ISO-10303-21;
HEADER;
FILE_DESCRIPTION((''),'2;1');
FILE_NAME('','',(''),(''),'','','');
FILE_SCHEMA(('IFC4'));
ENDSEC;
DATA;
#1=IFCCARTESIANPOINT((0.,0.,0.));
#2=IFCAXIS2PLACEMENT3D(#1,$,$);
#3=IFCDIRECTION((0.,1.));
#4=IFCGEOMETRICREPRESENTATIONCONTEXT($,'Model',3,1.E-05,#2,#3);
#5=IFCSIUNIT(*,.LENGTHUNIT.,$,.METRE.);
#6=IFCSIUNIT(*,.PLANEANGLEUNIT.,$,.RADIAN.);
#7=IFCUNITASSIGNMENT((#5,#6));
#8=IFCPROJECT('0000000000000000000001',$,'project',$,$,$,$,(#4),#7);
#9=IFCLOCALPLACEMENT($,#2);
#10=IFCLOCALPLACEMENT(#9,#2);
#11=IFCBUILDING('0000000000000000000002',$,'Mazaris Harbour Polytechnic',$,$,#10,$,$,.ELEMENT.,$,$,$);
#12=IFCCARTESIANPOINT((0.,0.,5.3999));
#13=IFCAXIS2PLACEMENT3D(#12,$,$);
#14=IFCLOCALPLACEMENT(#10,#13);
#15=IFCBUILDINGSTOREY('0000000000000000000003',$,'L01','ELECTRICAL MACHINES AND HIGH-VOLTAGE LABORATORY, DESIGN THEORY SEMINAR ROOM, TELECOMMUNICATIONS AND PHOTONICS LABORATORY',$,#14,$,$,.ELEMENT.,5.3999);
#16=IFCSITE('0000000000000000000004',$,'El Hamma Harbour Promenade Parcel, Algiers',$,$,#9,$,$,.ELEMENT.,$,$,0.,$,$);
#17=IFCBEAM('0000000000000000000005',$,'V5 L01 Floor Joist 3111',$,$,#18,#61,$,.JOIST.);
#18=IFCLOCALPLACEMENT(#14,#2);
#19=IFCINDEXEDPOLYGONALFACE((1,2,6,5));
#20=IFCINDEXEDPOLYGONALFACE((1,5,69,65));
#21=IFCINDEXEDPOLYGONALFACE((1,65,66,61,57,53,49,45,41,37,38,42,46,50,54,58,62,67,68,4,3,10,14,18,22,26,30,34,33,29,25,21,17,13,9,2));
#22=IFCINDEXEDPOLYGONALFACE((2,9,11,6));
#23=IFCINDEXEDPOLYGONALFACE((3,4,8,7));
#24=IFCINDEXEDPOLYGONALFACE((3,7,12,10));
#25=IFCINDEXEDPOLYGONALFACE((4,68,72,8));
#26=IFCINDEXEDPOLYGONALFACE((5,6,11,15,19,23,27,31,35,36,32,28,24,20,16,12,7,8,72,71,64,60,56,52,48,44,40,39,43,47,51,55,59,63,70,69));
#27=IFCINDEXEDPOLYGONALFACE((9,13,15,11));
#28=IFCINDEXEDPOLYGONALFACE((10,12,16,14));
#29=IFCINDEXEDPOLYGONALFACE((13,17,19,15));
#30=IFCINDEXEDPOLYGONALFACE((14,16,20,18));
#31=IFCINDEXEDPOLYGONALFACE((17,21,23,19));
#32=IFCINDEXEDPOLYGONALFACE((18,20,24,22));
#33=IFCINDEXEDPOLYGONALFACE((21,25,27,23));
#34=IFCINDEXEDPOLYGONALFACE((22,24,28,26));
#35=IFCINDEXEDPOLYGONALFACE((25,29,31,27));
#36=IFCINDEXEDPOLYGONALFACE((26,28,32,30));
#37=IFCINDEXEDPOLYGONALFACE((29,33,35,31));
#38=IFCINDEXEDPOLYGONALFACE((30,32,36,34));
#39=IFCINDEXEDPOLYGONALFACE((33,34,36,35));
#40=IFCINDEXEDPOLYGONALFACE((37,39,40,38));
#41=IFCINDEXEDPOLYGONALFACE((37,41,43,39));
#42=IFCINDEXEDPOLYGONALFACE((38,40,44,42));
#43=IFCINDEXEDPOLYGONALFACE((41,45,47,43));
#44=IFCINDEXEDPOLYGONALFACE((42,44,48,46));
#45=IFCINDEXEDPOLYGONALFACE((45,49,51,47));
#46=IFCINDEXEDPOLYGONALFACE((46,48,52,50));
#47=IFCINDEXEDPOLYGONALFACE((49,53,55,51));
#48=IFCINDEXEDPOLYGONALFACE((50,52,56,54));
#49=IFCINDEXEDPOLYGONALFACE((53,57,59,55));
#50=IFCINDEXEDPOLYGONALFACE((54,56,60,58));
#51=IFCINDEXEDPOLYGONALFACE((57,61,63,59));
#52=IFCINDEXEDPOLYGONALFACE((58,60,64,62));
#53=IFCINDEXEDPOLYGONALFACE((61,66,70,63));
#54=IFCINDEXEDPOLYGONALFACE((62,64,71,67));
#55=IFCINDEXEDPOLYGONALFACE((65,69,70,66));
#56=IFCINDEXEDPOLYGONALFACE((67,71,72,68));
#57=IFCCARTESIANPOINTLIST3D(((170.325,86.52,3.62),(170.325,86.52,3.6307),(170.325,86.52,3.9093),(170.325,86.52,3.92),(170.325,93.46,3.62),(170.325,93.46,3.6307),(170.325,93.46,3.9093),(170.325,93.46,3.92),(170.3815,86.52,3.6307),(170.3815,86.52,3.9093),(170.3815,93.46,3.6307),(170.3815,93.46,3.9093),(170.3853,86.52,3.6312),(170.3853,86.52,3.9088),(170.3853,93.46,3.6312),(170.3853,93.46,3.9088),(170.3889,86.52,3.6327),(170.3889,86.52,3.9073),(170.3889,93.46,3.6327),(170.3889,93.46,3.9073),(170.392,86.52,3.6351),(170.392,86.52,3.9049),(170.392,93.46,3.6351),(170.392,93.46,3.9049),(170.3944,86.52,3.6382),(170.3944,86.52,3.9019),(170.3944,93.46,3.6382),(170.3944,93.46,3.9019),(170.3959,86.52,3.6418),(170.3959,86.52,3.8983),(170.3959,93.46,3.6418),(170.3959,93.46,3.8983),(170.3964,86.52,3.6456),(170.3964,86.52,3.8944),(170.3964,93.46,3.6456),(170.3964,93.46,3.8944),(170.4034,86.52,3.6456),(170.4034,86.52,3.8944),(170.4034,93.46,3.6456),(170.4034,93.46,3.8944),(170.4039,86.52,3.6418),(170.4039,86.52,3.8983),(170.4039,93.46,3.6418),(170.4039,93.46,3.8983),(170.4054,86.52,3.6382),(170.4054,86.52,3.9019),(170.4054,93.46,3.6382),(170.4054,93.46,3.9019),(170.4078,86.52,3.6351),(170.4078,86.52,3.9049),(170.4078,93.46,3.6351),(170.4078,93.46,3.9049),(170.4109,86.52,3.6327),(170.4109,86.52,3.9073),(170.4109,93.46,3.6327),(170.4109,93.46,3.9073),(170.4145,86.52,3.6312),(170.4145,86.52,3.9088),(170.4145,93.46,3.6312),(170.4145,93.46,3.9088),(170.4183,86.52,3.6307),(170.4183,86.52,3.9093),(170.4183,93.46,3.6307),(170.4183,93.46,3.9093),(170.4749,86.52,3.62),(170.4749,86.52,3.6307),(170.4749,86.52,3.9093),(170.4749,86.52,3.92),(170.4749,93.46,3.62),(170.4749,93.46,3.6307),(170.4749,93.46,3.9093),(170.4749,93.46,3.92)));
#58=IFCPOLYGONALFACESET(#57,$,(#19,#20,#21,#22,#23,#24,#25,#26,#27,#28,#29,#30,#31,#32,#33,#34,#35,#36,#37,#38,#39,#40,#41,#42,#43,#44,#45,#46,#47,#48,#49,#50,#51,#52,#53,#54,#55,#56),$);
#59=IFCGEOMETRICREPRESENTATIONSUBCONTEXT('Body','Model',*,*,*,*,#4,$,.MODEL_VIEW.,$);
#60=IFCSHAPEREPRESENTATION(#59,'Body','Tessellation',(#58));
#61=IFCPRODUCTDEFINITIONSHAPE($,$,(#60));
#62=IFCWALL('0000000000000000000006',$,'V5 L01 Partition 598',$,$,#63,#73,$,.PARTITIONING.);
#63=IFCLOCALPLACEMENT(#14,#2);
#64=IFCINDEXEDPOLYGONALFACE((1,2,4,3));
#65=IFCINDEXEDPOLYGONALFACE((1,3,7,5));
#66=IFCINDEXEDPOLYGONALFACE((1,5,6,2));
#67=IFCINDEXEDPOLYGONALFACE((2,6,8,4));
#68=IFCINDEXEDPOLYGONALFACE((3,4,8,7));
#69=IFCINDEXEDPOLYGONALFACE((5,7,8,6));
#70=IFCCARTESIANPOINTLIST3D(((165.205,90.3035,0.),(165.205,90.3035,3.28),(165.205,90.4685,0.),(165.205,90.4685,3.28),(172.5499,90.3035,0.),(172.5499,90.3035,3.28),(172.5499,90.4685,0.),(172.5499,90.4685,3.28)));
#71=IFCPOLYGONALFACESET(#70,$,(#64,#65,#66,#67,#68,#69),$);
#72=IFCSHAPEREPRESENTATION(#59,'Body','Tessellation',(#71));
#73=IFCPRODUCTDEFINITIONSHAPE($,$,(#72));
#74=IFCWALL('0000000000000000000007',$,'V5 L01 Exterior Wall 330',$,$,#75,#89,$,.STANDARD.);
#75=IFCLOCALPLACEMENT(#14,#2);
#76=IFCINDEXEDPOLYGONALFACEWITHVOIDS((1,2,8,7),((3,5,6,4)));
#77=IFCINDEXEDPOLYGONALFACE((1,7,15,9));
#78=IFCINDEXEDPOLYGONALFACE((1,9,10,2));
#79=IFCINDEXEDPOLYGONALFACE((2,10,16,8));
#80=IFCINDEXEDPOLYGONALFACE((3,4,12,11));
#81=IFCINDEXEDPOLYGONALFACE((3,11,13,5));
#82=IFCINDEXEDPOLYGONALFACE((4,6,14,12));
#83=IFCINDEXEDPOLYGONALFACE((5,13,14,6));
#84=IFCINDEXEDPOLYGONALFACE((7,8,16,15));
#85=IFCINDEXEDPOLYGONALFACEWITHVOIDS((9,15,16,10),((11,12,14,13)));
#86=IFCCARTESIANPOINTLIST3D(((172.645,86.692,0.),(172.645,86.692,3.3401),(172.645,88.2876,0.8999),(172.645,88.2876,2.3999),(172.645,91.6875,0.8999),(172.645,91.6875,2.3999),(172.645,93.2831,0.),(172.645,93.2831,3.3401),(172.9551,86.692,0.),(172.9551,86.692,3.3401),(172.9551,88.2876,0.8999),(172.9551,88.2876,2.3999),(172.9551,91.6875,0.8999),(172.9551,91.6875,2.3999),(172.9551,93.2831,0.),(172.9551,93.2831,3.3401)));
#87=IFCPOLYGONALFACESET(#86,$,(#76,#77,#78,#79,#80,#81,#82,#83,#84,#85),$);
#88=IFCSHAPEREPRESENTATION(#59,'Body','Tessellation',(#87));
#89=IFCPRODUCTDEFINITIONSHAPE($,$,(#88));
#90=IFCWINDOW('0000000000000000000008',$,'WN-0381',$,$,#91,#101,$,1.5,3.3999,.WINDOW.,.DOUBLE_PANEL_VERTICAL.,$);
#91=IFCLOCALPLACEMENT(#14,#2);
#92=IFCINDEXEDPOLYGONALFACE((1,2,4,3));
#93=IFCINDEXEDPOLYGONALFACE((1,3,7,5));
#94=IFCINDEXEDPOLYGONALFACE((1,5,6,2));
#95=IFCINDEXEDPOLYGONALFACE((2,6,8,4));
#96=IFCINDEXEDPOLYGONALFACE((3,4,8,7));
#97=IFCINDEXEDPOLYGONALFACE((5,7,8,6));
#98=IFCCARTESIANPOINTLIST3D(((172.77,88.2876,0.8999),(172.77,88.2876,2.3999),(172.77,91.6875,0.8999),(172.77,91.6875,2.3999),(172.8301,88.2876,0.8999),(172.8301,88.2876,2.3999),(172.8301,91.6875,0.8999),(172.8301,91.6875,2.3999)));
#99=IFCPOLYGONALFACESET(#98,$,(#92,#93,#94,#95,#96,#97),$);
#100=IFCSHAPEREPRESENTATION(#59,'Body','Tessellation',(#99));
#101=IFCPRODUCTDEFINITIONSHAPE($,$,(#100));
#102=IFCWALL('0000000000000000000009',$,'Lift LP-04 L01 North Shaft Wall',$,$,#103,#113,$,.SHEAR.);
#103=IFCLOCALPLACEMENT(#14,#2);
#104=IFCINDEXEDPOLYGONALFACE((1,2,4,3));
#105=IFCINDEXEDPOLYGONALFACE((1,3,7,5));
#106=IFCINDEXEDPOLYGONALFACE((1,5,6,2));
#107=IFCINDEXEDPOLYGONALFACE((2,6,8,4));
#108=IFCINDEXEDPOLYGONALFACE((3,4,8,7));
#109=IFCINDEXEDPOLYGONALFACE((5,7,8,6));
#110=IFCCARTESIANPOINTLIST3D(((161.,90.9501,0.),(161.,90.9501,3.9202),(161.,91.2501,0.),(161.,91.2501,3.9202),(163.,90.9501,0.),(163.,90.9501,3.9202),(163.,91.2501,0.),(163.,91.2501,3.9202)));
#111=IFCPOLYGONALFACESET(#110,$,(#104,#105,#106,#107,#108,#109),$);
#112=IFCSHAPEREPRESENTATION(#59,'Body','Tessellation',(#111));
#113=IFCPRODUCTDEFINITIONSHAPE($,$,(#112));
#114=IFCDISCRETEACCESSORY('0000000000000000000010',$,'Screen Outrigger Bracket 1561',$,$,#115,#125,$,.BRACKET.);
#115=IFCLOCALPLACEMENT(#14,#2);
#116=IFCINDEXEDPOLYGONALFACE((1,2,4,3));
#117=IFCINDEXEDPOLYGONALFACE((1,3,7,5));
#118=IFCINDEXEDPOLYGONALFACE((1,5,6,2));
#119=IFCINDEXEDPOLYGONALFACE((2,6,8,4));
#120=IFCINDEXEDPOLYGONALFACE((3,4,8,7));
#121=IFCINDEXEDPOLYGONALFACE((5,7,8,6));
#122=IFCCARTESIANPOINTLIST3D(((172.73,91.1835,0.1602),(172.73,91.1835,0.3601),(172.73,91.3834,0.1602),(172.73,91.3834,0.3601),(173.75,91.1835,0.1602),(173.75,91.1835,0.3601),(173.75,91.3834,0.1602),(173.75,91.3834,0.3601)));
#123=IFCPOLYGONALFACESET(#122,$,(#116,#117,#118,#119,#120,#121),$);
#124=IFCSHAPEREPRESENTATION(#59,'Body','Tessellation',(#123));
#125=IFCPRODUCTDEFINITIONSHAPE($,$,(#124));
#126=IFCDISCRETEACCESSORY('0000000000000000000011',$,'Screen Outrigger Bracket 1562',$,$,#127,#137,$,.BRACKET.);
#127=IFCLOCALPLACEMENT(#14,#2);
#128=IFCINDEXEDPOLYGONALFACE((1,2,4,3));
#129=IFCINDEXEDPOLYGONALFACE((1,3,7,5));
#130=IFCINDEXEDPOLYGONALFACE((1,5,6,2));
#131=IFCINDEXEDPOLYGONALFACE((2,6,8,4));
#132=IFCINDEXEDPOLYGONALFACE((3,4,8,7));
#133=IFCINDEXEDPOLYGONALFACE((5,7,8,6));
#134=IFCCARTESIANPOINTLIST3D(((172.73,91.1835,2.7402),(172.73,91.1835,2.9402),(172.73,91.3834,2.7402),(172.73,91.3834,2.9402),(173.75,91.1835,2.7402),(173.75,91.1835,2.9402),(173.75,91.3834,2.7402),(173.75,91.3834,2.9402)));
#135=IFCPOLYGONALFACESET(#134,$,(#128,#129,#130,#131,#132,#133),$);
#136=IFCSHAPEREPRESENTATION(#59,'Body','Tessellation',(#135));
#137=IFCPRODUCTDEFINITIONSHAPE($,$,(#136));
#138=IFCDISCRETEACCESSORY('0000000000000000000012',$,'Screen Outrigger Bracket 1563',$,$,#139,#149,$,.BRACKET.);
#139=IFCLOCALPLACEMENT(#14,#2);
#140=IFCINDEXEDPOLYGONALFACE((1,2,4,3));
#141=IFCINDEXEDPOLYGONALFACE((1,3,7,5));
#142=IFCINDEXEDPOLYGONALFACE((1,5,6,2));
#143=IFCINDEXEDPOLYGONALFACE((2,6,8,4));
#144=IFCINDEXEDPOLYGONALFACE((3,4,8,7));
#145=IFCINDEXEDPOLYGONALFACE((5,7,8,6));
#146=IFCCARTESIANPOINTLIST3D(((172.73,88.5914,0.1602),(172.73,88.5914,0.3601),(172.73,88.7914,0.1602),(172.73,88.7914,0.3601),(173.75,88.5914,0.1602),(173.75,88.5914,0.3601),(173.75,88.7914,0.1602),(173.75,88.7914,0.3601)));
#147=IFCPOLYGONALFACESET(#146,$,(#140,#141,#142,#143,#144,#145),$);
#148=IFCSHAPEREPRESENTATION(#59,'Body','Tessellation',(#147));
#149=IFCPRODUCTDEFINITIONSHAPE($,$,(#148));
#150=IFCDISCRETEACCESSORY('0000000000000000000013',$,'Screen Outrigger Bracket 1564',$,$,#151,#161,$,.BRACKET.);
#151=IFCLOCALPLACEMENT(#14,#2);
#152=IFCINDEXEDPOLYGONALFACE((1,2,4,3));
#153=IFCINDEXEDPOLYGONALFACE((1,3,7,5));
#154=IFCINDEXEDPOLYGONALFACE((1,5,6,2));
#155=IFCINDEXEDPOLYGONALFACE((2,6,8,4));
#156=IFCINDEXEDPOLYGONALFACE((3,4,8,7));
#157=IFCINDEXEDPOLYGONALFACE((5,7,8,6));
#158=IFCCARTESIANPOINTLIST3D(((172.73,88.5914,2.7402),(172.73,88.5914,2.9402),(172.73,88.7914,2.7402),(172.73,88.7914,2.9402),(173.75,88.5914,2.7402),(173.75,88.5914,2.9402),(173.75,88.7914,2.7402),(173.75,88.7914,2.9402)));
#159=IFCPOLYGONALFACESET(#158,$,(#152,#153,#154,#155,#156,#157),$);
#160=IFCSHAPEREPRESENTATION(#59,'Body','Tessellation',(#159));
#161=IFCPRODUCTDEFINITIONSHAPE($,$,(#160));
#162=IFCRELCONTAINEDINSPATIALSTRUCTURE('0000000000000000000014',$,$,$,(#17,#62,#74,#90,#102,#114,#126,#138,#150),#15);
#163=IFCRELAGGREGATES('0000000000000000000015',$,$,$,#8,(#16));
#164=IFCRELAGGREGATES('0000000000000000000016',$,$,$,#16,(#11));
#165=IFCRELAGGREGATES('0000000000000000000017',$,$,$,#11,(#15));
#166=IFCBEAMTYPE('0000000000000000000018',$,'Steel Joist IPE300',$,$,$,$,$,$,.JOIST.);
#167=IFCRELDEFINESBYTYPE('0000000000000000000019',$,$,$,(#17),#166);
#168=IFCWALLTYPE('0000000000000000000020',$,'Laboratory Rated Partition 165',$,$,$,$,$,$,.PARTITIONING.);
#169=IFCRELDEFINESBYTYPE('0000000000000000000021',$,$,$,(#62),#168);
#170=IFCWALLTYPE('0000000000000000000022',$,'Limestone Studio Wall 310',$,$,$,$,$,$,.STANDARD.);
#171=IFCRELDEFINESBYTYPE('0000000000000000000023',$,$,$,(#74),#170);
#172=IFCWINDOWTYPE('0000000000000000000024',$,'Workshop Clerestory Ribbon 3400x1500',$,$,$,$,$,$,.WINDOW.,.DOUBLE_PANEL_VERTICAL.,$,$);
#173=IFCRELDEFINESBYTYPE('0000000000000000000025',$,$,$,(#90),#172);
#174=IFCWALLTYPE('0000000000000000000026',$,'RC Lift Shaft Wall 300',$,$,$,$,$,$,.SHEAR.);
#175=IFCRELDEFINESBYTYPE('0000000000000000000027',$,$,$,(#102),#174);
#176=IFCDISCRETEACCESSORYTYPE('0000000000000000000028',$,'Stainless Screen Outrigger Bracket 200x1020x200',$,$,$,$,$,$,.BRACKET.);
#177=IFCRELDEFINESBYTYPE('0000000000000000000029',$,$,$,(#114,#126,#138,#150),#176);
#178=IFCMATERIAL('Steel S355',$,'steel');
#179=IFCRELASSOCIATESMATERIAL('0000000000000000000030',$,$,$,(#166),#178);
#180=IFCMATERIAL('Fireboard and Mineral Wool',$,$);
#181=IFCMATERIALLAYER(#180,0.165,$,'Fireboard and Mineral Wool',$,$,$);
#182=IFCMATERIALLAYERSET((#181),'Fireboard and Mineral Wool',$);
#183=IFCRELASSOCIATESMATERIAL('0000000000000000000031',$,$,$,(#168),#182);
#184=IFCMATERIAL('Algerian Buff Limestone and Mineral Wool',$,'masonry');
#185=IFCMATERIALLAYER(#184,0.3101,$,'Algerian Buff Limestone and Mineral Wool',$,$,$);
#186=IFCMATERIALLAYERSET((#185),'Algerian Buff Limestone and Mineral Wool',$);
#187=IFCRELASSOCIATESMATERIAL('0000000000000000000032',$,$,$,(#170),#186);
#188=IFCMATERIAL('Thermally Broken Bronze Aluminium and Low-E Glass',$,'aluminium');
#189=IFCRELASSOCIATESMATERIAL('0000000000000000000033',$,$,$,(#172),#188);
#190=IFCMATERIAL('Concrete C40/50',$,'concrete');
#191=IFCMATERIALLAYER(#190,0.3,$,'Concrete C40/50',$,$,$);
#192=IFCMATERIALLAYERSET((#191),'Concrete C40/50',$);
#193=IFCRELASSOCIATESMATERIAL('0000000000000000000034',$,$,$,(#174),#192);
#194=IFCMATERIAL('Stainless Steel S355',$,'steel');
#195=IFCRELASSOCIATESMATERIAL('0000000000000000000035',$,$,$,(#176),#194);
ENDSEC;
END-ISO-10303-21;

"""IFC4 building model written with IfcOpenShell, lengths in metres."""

from ifc_helpers import new_model, si_unit, direction, frame, frame_2d, origin, origin_2d, place, context, subcontext, project, spatial, rectangle, i_section, extrude, material, layer, layer_set, material_profile, profile_set, type_object, element, fill, save


model = new_model("IFC4")

# Units and contexts
model_context = context("Model", 3, precision=1e-05, world=origin(), true_north=direction((0.0, 1.0)))
body_context = subcontext(model_context, "Body", "Model", "MODEL_VIEW")
ifc_project = project(units=[si_unit("LENGTHUNIT", "METRE"), si_unit("PLANEANGLEUNIT", "RADIAN")], contexts=[model_context])

# Site, building, storey
site_placement = place(None, origin())
site = spatial("IfcSite", under=ifc_project, at=site_placement, Name="El Hamma Harbour Promenade Parcel, Algiers", CompositionType="ELEMENT", RefElevation=0.0)
building_placement = place(site_placement, origin())
building = spatial("IfcBuilding", under=site, at=building_placement, Name="Mazaris Harbour Polytechnic", CompositionType="ELEMENT")
storey_placement = place(building_placement, frame((0.0, 0.0, 5.3999)))
storey = spatial("IfcBuildingStorey", under=building, at=storey_placement, Name="L01", Description="ELECTRICAL MACHINES AND HIGH-VOLTAGE LABORATORY, DESIGN THEORY SEMINAR ROOM, TELECOMMUNICATIONS AND PHOTONICS LABORATORY", CompositionType="ELEMENT", Elevation=5.3999)

# Beam
ifc_material_1 = material(Name="Steel S355", Category="steel")
ifc_material_profile_1 = material_profile(ifc_material_1, i_section(OverallWidth=0.1499, OverallDepth=0.3, WebThickness=0.0071, FlangeThickness=0.0107, FilletRadius=0.0149, at=origin_2d()), Name="IPE 300")
ifc_profile_set_1 = profile_set([ifc_material_profile_1], Name="Steel S355")
beam_type_1 = type_object("IfcBeamType", Name="Steel Joist IPE300", PredefinedType="JOIST", material=ifc_profile_set_1)
beam_1_placement = place(storey_placement, frame((170.3999, 86.52, 3.77), z_axis=(0.0, 1.0, 0.0), x_axis=(-1.0, 0.0, 0.0)))
element("IfcBeam", 1, at=beam_1_placement, inside=storey, type_object=beam_type_1, Name="V5 L01 Floor Joist 3111", PredefinedType="JOIST", context=body_context, shape_type="SweptSolid", body=[
    extrude(i_section(OverallWidth=0.1499, OverallDepth=0.3, WebThickness=0.0071, FlangeThickness=0.0107, FilletRadius=0.0149, at=origin_2d()), origin(), (0.0, 0.0, 1.0), 6.9399),
])

# Wall
ifc_material_2 = material(Name="Fireboard and Mineral Wool")
ifc_layer_1 = layer(ifc_material_2, 0.165, Name="Fireboard and Mineral Wool")
ifc_layer_set_1 = layer_set([ifc_layer_1], Name="Fireboard and Mineral Wool")
wall_type_1 = type_object("IfcWallType", Name="Laboratory Rated Partition 165", PredefinedType="PARTITIONING", material=ifc_layer_set_1)
wall_1_placement = place(storey_placement, frame((165.2051, 90.386, 0.0), z_axis=(0.0, 0.0, 1.0), x_axis=(1.0, 0.0, 0.0)))
element("IfcWall", 2, at=wall_1_placement, inside=storey, type_object=wall_type_1, Name="V5 L01 Partition 598", PredefinedType="PARTITIONING", context=body_context, shape_type="SweptSolid", body=[
    extrude(rectangle(XDim=7.345, YDim=0.165, at=frame_2d((3.6724, 0.0))), origin(), (0.0, 0.0, 1.0), 3.28),
])

# Wall, opening, window
ifc_material_3 = material(Name="Algerian Buff Limestone and Mineral Wool", Category="masonry")
ifc_layer_2 = layer(ifc_material_3, 0.3101, Name="Algerian Buff Limestone and Mineral Wool")
ifc_layer_set_2 = layer_set([ifc_layer_2], Name="Algerian Buff Limestone and Mineral Wool")
wall_type_2 = type_object("IfcWallType", Name="Limestone Studio Wall 310", PredefinedType="STANDARD", material=ifc_layer_set_2)
wall_2_placement = place(storey_placement, frame((172.8, 93.283, 0.0), z_axis=(0.0, 0.0, 1.0), x_axis=(0.0, -1.0, 0.0)))
wall_2 = element("IfcWall", 3, at=wall_2_placement, inside=storey, type_object=wall_type_2, Name="V5 L01 Exterior Wall 330", PredefinedType="STANDARD", context=body_context, shape_type="SweptSolid", body=[
    extrude(rectangle(XDim=6.5911, YDim=0.3101, at=frame_2d((3.2954, 0.0))), origin(), (0.0, 0.0, 1.0), 3.3401),
])
opening_placement = place(wall_2_placement, frame((1.5955, 0.0, 0.8999)))
opening = element("IfcOpeningElement", 4, at=opening_placement, cuts=wall_2, PredefinedType="OPENING", context=body_context, shape_type="SweptSolid", body=[
    extrude(rectangle(XDim=3.3999, YDim=1.5, at=frame_2d((1.7, 0.75))), frame((0.0, 0.165, 0.0), z_axis=(0.0, -1.0, 0.0), x_axis=(1.0, 0.0, 0.0)), (0.0, 0.0, 1.0), 0.3301),
])
ifc_material_4 = material(Name="Thermally Broken Bronze Aluminium and Low-E Glass", Category="aluminium")
window_type = type_object("IfcWindowType", Name="Workshop Clerestory Ribbon 3400x1500", PartitioningType="DOUBLE_PANEL_VERTICAL", PredefinedType="WINDOW", material=ifc_material_4)
window_placement = place(opening_placement, origin())
window = element("IfcWindow", 5, at=window_placement, inside=storey, type_object=window_type, Name="WN-0381", OverallHeight=1.5, OverallWidth=3.3999, PartitioningType="DOUBLE_PANEL_VERTICAL", PredefinedType="WINDOW", context=body_context, shape_type="SweptSolid", body=[
    extrude(rectangle(XDim=3.3999, YDim=1.5, at=frame_2d((1.7, 0.75))), frame((0.0, 0.03, 0.0), z_axis=(0.0, -1.0, 0.0), x_axis=(1.0, 0.0, 0.0)), (0.0, 0.0, 1.0), 0.0601),
])
fill(opening, window)

# Wall
ifc_material_5 = material(Name="Concrete C40/50", Category="concrete")
ifc_layer_3 = layer(ifc_material_5, 0.3, Name="Concrete C40/50")
ifc_layer_set_3 = layer_set([ifc_layer_3], Name="Concrete C40/50")
wall_type_3 = type_object("IfcWallType", Name="RC Lift Shaft Wall 300", PredefinedType="SHEAR", material=ifc_layer_set_3)
wall_3_placement = place(storey_placement, frame((163.0, 91.1001, 0.0), z_axis=(0.0, 0.0, 1.0), x_axis=(-1.0, 0.0, 0.0)))
element("IfcWall", 6, at=wall_3_placement, inside=storey, type_object=wall_type_3, Name="Lift LP-04 L01 North Shaft Wall", PredefinedType="SHEAR", context=body_context, shape_type="SweptSolid", body=[
    extrude(rectangle(XDim=2.0, YDim=0.3, at=frame_2d((1.0, 0.0))), origin(), (0.0, 0.0, 1.0), 3.9202),
])

# Discrete accessories
ifc_material_6 = material(Name="Stainless Steel S355", Category="steel")
discrete_accessory_type = type_object("IfcDiscreteAccessoryType", Name="Stainless Screen Outrigger Bracket 200x1020x200", PredefinedType="BRACKET", material=ifc_material_6)
for number, where, z_axis, x_axis, name in (
    (7, (173.24, 91.2834, 0.1602), (0.0, 0.0, 1.0), (0.0, -1.0, 0.0), "Screen Outrigger Bracket 1561"),
    (8, (173.24, 91.2834, 2.7402), (0.0, 0.0, 1.0), (0.0, -1.0, 0.0), "Screen Outrigger Bracket 1562"),
    (9, (173.24, 88.6914, 0.1602), (0.0, 0.0, 1.0), (0.0, -1.0, 0.0), "Screen Outrigger Bracket 1563"),
    (10, (173.24, 88.6914, 2.7402), (0.0, 0.0, 1.0), (0.0, -1.0, 0.0), "Screen Outrigger Bracket 1564"),
):
    element("IfcDiscreteAccessory", number, at=place(storey_placement, frame(where, z_axis=z_axis, x_axis=x_axis)), inside=storey, type_object=discrete_accessory_type, Name=name, PredefinedType="BRACKET", context=body_context, shape_type="SweptSolid", body=[
        extrude(rectangle(XDim=0.2, YDim=1.02, at=origin_2d()), origin(), (0.0, 0.0, 1.0), 0.2),
    ])

save(model, "model.ifc")
